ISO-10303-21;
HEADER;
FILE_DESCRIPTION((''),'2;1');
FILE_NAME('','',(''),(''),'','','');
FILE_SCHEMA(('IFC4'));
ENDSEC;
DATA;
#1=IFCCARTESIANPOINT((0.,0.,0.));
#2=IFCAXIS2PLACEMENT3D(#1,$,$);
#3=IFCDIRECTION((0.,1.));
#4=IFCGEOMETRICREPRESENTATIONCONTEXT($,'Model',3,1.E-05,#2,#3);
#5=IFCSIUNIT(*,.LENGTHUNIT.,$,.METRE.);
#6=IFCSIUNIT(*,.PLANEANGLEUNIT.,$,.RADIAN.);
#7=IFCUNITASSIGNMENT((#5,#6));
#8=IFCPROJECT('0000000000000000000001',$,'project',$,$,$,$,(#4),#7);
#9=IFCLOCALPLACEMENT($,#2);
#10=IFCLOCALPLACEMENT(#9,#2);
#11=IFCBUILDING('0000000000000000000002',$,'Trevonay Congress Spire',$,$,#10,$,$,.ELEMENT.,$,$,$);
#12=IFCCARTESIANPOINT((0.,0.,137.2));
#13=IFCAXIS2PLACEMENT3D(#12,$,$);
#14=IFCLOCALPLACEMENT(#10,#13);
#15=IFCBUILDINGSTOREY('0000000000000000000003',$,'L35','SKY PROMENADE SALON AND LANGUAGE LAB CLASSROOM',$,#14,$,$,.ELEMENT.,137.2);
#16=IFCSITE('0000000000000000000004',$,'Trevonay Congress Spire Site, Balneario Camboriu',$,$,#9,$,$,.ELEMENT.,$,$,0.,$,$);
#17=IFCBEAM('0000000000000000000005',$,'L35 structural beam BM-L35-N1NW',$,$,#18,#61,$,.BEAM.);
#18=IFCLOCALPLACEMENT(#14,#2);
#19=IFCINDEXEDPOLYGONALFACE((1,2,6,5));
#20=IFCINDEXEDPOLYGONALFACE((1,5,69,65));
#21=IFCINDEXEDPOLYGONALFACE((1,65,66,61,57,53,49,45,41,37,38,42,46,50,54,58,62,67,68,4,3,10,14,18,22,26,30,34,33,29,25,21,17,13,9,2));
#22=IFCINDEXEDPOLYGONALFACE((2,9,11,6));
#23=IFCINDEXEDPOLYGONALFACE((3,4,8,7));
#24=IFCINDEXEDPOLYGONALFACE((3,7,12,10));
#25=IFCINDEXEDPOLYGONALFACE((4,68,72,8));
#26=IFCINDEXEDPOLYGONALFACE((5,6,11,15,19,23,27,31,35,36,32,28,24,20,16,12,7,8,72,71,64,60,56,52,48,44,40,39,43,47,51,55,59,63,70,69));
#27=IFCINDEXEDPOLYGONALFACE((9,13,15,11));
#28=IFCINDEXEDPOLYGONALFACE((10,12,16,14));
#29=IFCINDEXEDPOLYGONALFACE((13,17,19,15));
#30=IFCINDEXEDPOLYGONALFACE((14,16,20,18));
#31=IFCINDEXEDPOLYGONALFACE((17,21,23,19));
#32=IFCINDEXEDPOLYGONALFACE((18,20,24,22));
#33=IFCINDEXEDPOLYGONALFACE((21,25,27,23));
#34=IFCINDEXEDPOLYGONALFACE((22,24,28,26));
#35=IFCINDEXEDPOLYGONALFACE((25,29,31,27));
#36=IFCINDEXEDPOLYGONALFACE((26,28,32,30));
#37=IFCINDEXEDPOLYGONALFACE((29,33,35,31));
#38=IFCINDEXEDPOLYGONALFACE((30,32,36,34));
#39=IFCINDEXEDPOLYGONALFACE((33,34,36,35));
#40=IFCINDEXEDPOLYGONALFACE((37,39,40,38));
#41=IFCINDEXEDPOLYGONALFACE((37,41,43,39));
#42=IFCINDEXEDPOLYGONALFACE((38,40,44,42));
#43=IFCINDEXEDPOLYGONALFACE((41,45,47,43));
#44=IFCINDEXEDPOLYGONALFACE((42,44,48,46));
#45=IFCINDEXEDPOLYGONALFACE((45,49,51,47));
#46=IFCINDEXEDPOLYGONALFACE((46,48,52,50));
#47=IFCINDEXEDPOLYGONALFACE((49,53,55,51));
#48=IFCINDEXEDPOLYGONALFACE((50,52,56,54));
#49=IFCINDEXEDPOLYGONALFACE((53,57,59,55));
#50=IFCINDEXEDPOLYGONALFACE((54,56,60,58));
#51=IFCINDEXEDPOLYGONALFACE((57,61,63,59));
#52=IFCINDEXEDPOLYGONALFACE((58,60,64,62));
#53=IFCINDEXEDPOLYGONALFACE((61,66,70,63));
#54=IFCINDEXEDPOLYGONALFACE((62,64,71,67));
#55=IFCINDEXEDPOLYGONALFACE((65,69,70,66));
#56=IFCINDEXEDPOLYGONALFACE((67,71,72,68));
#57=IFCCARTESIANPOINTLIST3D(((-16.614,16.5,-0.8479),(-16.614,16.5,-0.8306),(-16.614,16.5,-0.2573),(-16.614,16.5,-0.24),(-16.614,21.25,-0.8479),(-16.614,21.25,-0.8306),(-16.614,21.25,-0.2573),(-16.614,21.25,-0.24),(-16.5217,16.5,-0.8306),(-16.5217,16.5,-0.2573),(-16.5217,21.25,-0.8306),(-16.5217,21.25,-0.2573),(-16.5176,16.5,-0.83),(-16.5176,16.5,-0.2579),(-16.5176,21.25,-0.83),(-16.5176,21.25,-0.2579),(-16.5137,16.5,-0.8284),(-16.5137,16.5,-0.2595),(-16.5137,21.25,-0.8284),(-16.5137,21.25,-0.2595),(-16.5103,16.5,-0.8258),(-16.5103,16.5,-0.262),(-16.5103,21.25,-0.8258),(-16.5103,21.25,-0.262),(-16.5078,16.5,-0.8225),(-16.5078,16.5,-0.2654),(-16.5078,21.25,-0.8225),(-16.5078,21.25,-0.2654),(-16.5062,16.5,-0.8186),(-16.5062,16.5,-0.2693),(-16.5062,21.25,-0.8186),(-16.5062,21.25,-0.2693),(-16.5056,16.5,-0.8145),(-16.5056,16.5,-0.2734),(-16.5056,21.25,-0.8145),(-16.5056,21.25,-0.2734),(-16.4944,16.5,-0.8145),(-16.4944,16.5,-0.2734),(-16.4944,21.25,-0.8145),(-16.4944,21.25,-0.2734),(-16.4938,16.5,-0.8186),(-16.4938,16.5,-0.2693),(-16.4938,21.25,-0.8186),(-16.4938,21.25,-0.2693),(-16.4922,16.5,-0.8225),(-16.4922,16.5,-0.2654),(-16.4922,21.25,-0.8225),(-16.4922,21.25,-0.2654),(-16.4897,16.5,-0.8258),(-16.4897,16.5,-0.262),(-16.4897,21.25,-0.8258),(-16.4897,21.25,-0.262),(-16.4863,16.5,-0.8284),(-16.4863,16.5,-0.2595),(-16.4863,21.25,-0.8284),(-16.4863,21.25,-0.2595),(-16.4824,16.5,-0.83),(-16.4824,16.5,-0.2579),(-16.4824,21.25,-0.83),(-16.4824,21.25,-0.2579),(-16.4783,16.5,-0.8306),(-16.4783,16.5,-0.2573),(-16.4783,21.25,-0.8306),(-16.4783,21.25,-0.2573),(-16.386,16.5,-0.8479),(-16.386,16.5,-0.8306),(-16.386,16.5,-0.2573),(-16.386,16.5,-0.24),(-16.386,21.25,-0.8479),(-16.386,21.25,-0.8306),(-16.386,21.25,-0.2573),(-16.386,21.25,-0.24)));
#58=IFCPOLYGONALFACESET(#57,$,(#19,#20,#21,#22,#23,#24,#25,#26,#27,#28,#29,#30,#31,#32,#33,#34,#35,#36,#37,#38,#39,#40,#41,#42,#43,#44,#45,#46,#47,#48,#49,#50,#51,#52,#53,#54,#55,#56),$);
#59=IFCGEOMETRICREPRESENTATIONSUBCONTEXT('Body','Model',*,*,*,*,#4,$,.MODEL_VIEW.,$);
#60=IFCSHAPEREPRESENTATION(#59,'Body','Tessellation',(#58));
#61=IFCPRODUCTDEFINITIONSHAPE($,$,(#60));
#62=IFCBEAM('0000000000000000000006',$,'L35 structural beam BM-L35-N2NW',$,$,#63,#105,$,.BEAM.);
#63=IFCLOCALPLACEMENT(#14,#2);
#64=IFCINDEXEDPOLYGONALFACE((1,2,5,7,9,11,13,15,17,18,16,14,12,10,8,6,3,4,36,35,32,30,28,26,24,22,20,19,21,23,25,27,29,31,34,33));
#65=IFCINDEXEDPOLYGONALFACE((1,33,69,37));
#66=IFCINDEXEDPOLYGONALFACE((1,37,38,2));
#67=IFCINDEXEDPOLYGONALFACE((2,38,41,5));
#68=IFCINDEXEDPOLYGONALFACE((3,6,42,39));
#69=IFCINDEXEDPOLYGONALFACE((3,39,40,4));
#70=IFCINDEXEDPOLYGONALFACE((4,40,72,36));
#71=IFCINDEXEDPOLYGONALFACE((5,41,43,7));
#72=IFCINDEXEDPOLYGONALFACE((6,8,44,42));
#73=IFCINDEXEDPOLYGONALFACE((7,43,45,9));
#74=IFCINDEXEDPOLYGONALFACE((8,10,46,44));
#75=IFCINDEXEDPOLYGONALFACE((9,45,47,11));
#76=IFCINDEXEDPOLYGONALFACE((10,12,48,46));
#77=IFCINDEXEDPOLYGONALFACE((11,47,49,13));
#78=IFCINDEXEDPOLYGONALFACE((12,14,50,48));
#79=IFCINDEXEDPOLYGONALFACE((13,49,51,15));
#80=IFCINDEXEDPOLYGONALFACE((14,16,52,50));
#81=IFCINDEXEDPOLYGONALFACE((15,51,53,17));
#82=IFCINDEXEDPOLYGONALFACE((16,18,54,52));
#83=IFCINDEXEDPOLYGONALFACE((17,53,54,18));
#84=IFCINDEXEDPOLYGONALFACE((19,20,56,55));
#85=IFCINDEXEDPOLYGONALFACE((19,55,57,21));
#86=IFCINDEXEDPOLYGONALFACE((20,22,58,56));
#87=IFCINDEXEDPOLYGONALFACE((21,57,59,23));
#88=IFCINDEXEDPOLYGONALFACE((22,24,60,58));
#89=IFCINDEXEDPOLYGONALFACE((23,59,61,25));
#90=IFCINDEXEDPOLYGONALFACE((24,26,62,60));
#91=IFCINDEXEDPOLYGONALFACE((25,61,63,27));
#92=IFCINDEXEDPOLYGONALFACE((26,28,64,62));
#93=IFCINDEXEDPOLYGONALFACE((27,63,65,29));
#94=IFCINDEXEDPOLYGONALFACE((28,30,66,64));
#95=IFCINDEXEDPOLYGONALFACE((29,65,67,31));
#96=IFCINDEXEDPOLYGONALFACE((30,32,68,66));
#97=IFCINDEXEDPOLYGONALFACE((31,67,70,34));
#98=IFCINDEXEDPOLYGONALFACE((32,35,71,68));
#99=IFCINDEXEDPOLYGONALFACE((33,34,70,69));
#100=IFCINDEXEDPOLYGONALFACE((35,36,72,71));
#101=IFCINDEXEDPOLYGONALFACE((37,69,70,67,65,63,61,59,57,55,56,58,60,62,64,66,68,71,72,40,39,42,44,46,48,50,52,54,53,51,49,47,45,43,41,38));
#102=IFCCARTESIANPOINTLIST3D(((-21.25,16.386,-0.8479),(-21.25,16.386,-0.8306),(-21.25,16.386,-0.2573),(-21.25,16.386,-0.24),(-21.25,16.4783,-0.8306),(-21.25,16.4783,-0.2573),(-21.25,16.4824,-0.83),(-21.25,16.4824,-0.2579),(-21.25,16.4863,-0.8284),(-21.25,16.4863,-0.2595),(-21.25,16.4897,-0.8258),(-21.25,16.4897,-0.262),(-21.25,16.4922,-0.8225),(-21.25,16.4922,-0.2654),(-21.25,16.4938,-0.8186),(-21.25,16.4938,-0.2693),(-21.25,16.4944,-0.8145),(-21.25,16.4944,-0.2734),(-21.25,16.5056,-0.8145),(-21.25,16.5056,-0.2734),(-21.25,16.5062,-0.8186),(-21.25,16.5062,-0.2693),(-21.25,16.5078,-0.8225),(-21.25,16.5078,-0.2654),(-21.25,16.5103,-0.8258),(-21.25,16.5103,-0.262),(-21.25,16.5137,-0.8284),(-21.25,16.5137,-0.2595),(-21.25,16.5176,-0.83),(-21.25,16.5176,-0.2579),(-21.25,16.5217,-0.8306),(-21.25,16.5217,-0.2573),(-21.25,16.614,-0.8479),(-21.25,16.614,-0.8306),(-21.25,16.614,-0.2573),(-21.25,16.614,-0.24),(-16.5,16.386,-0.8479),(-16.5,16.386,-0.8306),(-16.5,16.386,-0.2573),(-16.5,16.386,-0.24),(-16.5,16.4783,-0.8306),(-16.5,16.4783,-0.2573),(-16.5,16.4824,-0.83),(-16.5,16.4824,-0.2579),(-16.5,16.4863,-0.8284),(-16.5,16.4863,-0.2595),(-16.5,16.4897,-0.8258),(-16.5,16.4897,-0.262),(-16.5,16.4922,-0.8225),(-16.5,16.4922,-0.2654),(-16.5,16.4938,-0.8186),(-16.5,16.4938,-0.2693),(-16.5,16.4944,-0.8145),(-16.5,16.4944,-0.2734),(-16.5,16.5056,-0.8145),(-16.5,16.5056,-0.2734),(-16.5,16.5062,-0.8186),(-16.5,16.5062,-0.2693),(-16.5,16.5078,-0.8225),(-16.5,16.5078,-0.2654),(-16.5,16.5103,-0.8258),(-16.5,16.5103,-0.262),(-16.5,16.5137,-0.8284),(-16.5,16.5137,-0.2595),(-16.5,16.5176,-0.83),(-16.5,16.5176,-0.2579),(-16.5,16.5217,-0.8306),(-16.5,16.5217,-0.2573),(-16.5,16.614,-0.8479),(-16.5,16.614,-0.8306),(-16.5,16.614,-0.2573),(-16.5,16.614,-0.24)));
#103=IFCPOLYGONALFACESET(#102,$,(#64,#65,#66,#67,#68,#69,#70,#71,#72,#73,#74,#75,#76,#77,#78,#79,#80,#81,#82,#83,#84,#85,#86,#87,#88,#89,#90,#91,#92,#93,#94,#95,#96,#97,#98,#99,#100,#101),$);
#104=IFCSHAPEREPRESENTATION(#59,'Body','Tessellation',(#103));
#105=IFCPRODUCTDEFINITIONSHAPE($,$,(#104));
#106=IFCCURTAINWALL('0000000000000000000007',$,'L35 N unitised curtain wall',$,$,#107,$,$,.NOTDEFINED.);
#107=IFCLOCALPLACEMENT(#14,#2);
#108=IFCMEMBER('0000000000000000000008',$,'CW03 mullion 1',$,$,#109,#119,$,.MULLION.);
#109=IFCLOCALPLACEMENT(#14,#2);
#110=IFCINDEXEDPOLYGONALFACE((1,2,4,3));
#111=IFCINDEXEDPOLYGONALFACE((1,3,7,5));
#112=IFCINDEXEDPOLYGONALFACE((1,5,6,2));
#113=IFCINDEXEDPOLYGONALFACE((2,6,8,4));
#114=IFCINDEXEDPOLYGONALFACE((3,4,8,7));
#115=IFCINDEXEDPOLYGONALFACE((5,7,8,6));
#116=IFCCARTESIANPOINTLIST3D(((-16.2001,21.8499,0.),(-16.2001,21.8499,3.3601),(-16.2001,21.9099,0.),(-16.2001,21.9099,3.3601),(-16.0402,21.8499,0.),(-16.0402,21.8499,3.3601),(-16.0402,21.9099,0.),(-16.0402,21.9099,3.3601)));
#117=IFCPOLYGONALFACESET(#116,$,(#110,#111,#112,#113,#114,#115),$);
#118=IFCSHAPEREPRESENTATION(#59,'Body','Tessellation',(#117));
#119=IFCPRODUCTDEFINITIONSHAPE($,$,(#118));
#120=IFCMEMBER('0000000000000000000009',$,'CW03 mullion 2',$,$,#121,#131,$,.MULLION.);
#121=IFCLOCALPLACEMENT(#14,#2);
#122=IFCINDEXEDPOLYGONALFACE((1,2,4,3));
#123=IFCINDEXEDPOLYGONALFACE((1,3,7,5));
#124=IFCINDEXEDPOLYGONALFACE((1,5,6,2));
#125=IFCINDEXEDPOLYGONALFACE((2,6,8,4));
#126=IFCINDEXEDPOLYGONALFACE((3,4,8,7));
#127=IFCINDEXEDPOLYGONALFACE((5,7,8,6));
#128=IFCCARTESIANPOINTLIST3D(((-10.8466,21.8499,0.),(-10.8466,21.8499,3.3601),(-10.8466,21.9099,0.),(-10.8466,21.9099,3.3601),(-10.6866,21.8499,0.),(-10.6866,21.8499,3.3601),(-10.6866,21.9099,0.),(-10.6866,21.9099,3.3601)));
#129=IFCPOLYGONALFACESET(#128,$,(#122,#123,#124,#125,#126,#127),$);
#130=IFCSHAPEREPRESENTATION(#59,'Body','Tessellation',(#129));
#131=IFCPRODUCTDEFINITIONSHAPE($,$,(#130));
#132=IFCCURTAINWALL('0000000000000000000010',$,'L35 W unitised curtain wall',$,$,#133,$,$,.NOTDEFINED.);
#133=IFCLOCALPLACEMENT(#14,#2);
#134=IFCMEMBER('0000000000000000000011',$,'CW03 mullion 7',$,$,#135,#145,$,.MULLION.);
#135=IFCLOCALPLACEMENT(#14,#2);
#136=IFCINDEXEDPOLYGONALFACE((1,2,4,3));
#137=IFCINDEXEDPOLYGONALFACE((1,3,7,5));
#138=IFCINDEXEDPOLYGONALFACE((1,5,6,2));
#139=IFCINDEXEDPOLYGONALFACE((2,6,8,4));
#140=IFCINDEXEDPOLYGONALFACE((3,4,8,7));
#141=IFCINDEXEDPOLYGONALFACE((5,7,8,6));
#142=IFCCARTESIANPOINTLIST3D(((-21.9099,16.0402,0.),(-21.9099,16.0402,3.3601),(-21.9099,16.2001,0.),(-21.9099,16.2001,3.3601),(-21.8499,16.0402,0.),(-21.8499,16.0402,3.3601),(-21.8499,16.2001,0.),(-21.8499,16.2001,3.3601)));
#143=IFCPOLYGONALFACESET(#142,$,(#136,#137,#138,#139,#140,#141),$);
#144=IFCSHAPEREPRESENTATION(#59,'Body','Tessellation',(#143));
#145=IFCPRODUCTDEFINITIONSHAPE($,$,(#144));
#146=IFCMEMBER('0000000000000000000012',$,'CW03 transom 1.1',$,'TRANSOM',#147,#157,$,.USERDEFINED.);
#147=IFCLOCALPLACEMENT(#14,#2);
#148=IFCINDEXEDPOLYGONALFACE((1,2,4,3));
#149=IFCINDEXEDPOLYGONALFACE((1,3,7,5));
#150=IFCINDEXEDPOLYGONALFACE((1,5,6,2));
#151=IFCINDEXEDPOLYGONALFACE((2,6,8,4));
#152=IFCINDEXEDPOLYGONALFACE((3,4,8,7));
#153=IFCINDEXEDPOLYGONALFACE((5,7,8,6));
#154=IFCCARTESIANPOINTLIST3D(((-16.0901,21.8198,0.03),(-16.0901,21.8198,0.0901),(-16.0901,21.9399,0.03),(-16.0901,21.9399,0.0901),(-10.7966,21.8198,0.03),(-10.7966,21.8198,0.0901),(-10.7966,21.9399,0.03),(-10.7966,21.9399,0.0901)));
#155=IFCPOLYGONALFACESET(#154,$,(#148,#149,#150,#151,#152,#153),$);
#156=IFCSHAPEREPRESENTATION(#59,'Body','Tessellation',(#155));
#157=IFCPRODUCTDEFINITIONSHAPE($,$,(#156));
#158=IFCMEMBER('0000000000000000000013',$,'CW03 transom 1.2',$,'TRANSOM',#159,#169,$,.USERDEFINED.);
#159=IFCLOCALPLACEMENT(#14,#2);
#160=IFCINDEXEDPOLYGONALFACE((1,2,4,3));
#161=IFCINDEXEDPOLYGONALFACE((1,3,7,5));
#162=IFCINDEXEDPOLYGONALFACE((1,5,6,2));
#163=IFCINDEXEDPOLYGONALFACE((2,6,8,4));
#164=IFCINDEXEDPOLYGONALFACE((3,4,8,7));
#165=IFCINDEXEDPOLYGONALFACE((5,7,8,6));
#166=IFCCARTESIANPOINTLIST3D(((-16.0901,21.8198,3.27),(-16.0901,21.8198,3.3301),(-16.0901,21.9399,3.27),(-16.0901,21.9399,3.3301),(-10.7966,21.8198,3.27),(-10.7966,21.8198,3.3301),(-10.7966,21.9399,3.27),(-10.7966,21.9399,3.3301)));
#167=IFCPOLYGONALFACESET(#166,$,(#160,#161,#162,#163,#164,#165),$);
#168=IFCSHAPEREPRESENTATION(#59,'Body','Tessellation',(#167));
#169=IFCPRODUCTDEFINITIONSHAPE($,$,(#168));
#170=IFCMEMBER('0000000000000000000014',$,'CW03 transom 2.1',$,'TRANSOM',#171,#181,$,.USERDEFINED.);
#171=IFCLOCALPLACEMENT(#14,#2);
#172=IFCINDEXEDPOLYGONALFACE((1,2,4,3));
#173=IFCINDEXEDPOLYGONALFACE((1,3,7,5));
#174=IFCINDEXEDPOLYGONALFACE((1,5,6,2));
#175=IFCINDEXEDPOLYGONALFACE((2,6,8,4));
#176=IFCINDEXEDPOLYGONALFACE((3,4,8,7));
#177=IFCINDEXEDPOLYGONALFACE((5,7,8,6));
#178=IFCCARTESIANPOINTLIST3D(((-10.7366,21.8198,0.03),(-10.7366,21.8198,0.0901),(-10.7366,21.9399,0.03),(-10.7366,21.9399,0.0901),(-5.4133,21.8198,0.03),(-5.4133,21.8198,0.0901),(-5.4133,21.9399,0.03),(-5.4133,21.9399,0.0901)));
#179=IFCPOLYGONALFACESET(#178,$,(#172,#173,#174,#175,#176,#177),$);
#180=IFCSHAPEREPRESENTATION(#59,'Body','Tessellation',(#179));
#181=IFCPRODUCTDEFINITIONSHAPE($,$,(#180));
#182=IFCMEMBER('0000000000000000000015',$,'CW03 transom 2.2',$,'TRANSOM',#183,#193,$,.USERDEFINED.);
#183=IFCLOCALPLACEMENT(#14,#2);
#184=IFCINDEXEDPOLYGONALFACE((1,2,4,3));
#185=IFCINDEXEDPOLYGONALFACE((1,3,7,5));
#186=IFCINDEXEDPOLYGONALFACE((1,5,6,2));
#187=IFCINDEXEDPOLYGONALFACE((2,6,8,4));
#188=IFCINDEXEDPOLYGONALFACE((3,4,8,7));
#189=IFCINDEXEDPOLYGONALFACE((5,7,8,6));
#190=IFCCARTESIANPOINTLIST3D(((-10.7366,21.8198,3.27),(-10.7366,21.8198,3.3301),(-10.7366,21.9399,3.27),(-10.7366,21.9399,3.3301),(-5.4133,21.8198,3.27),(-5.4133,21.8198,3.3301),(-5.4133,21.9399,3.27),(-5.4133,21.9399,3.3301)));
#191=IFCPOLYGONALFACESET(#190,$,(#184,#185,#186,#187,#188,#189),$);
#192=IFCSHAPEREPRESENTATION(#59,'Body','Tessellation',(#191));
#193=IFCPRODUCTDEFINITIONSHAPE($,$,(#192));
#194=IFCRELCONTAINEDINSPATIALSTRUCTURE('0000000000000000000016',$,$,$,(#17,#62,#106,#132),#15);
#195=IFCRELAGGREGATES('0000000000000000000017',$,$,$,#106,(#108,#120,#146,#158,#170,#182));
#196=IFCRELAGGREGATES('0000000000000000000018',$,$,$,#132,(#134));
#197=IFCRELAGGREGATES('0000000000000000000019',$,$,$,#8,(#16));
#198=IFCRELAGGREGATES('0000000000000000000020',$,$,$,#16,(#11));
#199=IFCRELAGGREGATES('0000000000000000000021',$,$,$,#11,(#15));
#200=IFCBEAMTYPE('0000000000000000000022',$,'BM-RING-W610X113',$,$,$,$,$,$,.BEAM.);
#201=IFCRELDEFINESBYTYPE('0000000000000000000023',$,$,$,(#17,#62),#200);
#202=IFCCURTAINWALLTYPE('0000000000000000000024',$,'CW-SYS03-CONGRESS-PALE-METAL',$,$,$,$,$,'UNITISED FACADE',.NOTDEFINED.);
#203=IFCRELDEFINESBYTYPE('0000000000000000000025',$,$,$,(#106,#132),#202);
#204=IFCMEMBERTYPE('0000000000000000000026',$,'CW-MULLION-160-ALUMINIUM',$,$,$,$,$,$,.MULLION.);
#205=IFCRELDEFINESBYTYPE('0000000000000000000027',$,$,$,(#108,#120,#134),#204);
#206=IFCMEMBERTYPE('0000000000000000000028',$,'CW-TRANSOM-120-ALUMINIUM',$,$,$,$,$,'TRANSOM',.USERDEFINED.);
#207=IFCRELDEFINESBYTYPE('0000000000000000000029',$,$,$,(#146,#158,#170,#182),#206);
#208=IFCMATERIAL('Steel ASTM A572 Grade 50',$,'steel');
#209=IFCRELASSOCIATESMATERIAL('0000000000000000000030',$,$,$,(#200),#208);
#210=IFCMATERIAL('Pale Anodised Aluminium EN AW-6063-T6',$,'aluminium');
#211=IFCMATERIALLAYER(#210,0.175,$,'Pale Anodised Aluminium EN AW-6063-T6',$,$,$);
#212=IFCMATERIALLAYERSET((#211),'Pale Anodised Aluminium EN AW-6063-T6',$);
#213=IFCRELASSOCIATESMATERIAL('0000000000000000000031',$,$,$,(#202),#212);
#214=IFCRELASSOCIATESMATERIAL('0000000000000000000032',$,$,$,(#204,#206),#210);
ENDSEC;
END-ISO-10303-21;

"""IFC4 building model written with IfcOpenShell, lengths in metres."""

from ifc_helpers import new_model, si_unit, direction, frame, origin, origin_2d, place, context, subcontext, project, spatial, rectangle, i_section, extrude, material, layer, layer_set, material_profile, profile_set, type_object, element, aggregate, save


model = new_model("IFC4")

# Units and contexts
model_context = context("Model", 3, precision=1e-05, world=origin(), true_north=direction((0.0, 1.0)))
body_context = subcontext(model_context, "Body", "Model", "MODEL_VIEW")
ifc_project = project(units=[si_unit("LENGTHUNIT", "METRE"), si_unit("PLANEANGLEUNIT", "RADIAN")], contexts=[model_context])

# Site, building, storey
site_placement = place(None, origin())
site = spatial("IfcSite", under=ifc_project, at=site_placement, Name="Trevonay Congress Spire Site, Balneario Camboriu", CompositionType="ELEMENT", RefElevation=0.0)
building_placement = place(site_placement, origin())
building = spatial("IfcBuilding", under=site, at=building_placement, Name="Trevonay Congress Spire", CompositionType="ELEMENT")
storey_placement = place(building_placement, frame((0.0, 0.0, 137.2)))
storey = spatial("IfcBuildingStorey", under=building, at=storey_placement, Name="L35", Description="SKY PROMENADE SALON AND LANGUAGE LAB CLASSROOM", CompositionType="ELEMENT", Elevation=137.2)

# Shared definitions
ifc_material_1 = material(Name="Steel ASTM A572 Grade 50", Category="steel")

# Beams
ifc_material_profile_1 = material_profile(ifc_material_1, i_section(OverallWidth=0.228, OverallDepth=0.6079, WebThickness=0.0112, FlangeThickness=0.0173, FilletRadius=0.0161, at=origin_2d()), Name="W610x113")
ifc_profile_set_1 = profile_set([ifc_material_profile_1], Name="Steel ASTM A572 Grade 50")
beam_type = type_object("IfcBeamType", Name="BM-RING-W610X113", PredefinedType="BEAM", material=ifc_profile_set_1)
for number, where, z_axis, x_axis, name in (
    (1, (-16.5, 21.25, -0.5439), (0.0, -1.0, 0.0), (1.0, 0.0, 0.0), "L35 structural beam BM-L35-N1NW"),
    (2, (-21.25, 16.5, -0.5439), (1.0, 0.0, 0.0), (0.0, 1.0, 0.0), "L35 structural beam BM-L35-N2NW"),
):
    element("IfcBeam", number, at=place(storey_placement, frame(where, z_axis=z_axis, x_axis=x_axis)), inside=storey, type_object=beam_type, Name=name, PredefinedType="BEAM", context=body_context, shape_type="SweptSolid", body=[
        extrude(i_section(OverallWidth=0.228, OverallDepth=0.6079, WebThickness=0.0112, FlangeThickness=0.0173, FilletRadius=0.0161, at=origin_2d()), origin(), (0.0, 0.0, 1.0), 4.75),
    ])

# Curtain wall, members
ifc_material_2 = material(Name="Pale Anodised Aluminium EN AW-6063-T6", Category="aluminium")
ifc_layer_1 = layer(ifc_material_2, 0.175, Name="Pale Anodised Aluminium EN AW-6063-T6")
ifc_layer_set_1 = layer_set([ifc_layer_1], Name="Pale Anodised Aluminium EN AW-6063-T6")
curtain_wall_type = type_object("IfcCurtainWallType", Name="CW-SYS03-CONGRESS-PALE-METAL", ElementType="UNITISED FACADE", PredefinedType="NOTDEFINED", material=ifc_layer_set_1)
curtain_wall_1_placement = place(storey_placement, origin())
curtain_wall_1 = element("IfcCurtainWall", 3, at=curtain_wall_1_placement, inside=storey, type_object=curtain_wall_type, Name="L35 N unitised curtain wall", PredefinedType="NOTDEFINED")
ifc_material_profile_2 = material_profile(ifc_material_2, rectangle(XDim=0.0601, YDim=0.1599, at=origin_2d()), Name="CW-MULLION-160-ALUMINIUM")
ifc_profile_set_2 = profile_set([ifc_material_profile_2], Name="Pale Anodised Aluminium EN AW-6063-T6")
member_type_1 = type_object("IfcMemberType", Name="CW-MULLION-160-ALUMINIUM", PredefinedType="MULLION", material=ifc_profile_set_2)
member_1_placement = place(storey_placement, frame((-16.1201, 21.8799, 0.0), z_axis=(0.0, 0.0, 1.0), x_axis=(0.0, 1.0, 0.0)))
member_1 = element("IfcMember", 4, at=member_1_placement, type_object=member_type_1, Name="CW03 mullion 1", PredefinedType="MULLION", context=body_context, shape_type="SweptSolid", body=[
    extrude(rectangle(XDim=0.0601, YDim=0.1599, at=origin_2d()), origin(), (0.0, 0.0, 1.0), 3.3601),
])
member_2_placement = place(storey_placement, frame((-10.7666, 21.8799, 0.0), z_axis=(0.0, 0.0, 1.0), x_axis=(0.0, 1.0, 0.0)))
member_2 = element("IfcMember", 5, at=member_2_placement, type_object=member_type_1, Name="CW03 mullion 2", PredefinedType="MULLION", context=body_context, shape_type="SweptSolid", body=[
    extrude(rectangle(XDim=0.0601, YDim=0.1599, at=origin_2d()), origin(), (0.0, 0.0, 1.0), 3.3601),
])

# Curtain wall, member
curtain_wall_2_placement = place(storey_placement, origin())
curtain_wall_2 = element("IfcCurtainWall", 6, at=curtain_wall_2_placement, inside=storey, type_object=curtain_wall_type, Name="L35 W unitised curtain wall", PredefinedType="NOTDEFINED")
member_3_placement = place(storey_placement, frame((-21.8799, 16.1201, 0.0), z_axis=(0.0, 0.0, 1.0), x_axis=(-1.0, 0.0, 0.0)))
member_3 = element("IfcMember", 7, at=member_3_placement, type_object=member_type_1, Name="CW03 mullion 7", PredefinedType="MULLION", context=body_context, shape_type="SweptSolid", body=[
    extrude(rectangle(XDim=0.0601, YDim=0.1599, at=origin_2d()), origin(), (0.0, 0.0, 1.0), 3.3601),
])

# Members
ifc_material_profile_3 = material_profile(ifc_material_2, rectangle(XDim=0.1201, YDim=0.0601, at=origin_2d()), Name="CW-TRANSOM-120-ALUMINIUM")
ifc_profile_set_3 = profile_set([ifc_material_profile_3], Name="Pale Anodised Aluminium EN AW-6063-T6")
member_type_2 = type_object("IfcMemberType", Name="CW-TRANSOM-120-ALUMINIUM", ElementType="TRANSOM", PredefinedType="USERDEFINED", material=ifc_profile_set_3)
member_4_placement = place(storey_placement, frame((-16.0901, 21.8799, 0.0601), z_axis=(1.0, 0.0, 0.0), x_axis=(0.0, 1.0, 0.0)))
member_4 = element("IfcMember", 8, at=member_4_placement, type_object=member_type_2, Name="CW03 transom 1.1", ObjectType="TRANSOM", PredefinedType="USERDEFINED", context=body_context, shape_type="SweptSolid", body=[
    extrude(rectangle(XDim=0.1201, YDim=0.0601, at=origin_2d()), origin(), (0.0, 0.0, 1.0), 5.2935),
])
member_5_placement = place(storey_placement, frame((-16.0901, 21.8799, 3.3), z_axis=(1.0, 0.0, 0.0), x_axis=(0.0, 1.0, 0.0)))
member_5 = element("IfcMember", 9, at=member_5_placement, type_object=member_type_2, Name="CW03 transom 1.2", ObjectType="TRANSOM", PredefinedType="USERDEFINED", context=body_context, shape_type="SweptSolid", body=[
    extrude(rectangle(XDim=0.1201, YDim=0.0601, at=origin_2d()), origin(), (0.0, 0.0, 1.0), 5.2935),
])
member_6_placement = place(storey_placement, frame((-10.7366, 21.8799, 0.0601), z_axis=(1.0, 0.0, 0.0), x_axis=(0.0, 1.0, 0.0)))
member_6 = element("IfcMember", 10, at=member_6_placement, type_object=member_type_2, Name="CW03 transom 2.1", ObjectType="TRANSOM", PredefinedType="USERDEFINED", context=body_context, shape_type="SweptSolid", body=[
    extrude(rectangle(XDim=0.1201, YDim=0.0601, at=origin_2d()), origin(), (0.0, 0.0, 1.0), 5.3232),
])
member_7_placement = place(storey_placement, frame((-10.7366, 21.8799, 3.3), z_axis=(1.0, 0.0, 0.0), x_axis=(0.0, 1.0, 0.0)))
member_7 = element("IfcMember", 11, at=member_7_placement, type_object=member_type_2, Name="CW03 transom 2.2", ObjectType="TRANSOM", PredefinedType="USERDEFINED", context=body_context, shape_type="SweptSolid", body=[
    extrude(rectangle(XDim=0.1201, YDim=0.0601, at=origin_2d()), origin(), (0.0, 0.0, 1.0), 5.3232),
])

aggregate(curtain_wall_1, [member_1, member_2, member_4, member_5, member_6, member_7])
aggregate(curtain_wall_2, [member_3])

save(model, "model.ifc")
